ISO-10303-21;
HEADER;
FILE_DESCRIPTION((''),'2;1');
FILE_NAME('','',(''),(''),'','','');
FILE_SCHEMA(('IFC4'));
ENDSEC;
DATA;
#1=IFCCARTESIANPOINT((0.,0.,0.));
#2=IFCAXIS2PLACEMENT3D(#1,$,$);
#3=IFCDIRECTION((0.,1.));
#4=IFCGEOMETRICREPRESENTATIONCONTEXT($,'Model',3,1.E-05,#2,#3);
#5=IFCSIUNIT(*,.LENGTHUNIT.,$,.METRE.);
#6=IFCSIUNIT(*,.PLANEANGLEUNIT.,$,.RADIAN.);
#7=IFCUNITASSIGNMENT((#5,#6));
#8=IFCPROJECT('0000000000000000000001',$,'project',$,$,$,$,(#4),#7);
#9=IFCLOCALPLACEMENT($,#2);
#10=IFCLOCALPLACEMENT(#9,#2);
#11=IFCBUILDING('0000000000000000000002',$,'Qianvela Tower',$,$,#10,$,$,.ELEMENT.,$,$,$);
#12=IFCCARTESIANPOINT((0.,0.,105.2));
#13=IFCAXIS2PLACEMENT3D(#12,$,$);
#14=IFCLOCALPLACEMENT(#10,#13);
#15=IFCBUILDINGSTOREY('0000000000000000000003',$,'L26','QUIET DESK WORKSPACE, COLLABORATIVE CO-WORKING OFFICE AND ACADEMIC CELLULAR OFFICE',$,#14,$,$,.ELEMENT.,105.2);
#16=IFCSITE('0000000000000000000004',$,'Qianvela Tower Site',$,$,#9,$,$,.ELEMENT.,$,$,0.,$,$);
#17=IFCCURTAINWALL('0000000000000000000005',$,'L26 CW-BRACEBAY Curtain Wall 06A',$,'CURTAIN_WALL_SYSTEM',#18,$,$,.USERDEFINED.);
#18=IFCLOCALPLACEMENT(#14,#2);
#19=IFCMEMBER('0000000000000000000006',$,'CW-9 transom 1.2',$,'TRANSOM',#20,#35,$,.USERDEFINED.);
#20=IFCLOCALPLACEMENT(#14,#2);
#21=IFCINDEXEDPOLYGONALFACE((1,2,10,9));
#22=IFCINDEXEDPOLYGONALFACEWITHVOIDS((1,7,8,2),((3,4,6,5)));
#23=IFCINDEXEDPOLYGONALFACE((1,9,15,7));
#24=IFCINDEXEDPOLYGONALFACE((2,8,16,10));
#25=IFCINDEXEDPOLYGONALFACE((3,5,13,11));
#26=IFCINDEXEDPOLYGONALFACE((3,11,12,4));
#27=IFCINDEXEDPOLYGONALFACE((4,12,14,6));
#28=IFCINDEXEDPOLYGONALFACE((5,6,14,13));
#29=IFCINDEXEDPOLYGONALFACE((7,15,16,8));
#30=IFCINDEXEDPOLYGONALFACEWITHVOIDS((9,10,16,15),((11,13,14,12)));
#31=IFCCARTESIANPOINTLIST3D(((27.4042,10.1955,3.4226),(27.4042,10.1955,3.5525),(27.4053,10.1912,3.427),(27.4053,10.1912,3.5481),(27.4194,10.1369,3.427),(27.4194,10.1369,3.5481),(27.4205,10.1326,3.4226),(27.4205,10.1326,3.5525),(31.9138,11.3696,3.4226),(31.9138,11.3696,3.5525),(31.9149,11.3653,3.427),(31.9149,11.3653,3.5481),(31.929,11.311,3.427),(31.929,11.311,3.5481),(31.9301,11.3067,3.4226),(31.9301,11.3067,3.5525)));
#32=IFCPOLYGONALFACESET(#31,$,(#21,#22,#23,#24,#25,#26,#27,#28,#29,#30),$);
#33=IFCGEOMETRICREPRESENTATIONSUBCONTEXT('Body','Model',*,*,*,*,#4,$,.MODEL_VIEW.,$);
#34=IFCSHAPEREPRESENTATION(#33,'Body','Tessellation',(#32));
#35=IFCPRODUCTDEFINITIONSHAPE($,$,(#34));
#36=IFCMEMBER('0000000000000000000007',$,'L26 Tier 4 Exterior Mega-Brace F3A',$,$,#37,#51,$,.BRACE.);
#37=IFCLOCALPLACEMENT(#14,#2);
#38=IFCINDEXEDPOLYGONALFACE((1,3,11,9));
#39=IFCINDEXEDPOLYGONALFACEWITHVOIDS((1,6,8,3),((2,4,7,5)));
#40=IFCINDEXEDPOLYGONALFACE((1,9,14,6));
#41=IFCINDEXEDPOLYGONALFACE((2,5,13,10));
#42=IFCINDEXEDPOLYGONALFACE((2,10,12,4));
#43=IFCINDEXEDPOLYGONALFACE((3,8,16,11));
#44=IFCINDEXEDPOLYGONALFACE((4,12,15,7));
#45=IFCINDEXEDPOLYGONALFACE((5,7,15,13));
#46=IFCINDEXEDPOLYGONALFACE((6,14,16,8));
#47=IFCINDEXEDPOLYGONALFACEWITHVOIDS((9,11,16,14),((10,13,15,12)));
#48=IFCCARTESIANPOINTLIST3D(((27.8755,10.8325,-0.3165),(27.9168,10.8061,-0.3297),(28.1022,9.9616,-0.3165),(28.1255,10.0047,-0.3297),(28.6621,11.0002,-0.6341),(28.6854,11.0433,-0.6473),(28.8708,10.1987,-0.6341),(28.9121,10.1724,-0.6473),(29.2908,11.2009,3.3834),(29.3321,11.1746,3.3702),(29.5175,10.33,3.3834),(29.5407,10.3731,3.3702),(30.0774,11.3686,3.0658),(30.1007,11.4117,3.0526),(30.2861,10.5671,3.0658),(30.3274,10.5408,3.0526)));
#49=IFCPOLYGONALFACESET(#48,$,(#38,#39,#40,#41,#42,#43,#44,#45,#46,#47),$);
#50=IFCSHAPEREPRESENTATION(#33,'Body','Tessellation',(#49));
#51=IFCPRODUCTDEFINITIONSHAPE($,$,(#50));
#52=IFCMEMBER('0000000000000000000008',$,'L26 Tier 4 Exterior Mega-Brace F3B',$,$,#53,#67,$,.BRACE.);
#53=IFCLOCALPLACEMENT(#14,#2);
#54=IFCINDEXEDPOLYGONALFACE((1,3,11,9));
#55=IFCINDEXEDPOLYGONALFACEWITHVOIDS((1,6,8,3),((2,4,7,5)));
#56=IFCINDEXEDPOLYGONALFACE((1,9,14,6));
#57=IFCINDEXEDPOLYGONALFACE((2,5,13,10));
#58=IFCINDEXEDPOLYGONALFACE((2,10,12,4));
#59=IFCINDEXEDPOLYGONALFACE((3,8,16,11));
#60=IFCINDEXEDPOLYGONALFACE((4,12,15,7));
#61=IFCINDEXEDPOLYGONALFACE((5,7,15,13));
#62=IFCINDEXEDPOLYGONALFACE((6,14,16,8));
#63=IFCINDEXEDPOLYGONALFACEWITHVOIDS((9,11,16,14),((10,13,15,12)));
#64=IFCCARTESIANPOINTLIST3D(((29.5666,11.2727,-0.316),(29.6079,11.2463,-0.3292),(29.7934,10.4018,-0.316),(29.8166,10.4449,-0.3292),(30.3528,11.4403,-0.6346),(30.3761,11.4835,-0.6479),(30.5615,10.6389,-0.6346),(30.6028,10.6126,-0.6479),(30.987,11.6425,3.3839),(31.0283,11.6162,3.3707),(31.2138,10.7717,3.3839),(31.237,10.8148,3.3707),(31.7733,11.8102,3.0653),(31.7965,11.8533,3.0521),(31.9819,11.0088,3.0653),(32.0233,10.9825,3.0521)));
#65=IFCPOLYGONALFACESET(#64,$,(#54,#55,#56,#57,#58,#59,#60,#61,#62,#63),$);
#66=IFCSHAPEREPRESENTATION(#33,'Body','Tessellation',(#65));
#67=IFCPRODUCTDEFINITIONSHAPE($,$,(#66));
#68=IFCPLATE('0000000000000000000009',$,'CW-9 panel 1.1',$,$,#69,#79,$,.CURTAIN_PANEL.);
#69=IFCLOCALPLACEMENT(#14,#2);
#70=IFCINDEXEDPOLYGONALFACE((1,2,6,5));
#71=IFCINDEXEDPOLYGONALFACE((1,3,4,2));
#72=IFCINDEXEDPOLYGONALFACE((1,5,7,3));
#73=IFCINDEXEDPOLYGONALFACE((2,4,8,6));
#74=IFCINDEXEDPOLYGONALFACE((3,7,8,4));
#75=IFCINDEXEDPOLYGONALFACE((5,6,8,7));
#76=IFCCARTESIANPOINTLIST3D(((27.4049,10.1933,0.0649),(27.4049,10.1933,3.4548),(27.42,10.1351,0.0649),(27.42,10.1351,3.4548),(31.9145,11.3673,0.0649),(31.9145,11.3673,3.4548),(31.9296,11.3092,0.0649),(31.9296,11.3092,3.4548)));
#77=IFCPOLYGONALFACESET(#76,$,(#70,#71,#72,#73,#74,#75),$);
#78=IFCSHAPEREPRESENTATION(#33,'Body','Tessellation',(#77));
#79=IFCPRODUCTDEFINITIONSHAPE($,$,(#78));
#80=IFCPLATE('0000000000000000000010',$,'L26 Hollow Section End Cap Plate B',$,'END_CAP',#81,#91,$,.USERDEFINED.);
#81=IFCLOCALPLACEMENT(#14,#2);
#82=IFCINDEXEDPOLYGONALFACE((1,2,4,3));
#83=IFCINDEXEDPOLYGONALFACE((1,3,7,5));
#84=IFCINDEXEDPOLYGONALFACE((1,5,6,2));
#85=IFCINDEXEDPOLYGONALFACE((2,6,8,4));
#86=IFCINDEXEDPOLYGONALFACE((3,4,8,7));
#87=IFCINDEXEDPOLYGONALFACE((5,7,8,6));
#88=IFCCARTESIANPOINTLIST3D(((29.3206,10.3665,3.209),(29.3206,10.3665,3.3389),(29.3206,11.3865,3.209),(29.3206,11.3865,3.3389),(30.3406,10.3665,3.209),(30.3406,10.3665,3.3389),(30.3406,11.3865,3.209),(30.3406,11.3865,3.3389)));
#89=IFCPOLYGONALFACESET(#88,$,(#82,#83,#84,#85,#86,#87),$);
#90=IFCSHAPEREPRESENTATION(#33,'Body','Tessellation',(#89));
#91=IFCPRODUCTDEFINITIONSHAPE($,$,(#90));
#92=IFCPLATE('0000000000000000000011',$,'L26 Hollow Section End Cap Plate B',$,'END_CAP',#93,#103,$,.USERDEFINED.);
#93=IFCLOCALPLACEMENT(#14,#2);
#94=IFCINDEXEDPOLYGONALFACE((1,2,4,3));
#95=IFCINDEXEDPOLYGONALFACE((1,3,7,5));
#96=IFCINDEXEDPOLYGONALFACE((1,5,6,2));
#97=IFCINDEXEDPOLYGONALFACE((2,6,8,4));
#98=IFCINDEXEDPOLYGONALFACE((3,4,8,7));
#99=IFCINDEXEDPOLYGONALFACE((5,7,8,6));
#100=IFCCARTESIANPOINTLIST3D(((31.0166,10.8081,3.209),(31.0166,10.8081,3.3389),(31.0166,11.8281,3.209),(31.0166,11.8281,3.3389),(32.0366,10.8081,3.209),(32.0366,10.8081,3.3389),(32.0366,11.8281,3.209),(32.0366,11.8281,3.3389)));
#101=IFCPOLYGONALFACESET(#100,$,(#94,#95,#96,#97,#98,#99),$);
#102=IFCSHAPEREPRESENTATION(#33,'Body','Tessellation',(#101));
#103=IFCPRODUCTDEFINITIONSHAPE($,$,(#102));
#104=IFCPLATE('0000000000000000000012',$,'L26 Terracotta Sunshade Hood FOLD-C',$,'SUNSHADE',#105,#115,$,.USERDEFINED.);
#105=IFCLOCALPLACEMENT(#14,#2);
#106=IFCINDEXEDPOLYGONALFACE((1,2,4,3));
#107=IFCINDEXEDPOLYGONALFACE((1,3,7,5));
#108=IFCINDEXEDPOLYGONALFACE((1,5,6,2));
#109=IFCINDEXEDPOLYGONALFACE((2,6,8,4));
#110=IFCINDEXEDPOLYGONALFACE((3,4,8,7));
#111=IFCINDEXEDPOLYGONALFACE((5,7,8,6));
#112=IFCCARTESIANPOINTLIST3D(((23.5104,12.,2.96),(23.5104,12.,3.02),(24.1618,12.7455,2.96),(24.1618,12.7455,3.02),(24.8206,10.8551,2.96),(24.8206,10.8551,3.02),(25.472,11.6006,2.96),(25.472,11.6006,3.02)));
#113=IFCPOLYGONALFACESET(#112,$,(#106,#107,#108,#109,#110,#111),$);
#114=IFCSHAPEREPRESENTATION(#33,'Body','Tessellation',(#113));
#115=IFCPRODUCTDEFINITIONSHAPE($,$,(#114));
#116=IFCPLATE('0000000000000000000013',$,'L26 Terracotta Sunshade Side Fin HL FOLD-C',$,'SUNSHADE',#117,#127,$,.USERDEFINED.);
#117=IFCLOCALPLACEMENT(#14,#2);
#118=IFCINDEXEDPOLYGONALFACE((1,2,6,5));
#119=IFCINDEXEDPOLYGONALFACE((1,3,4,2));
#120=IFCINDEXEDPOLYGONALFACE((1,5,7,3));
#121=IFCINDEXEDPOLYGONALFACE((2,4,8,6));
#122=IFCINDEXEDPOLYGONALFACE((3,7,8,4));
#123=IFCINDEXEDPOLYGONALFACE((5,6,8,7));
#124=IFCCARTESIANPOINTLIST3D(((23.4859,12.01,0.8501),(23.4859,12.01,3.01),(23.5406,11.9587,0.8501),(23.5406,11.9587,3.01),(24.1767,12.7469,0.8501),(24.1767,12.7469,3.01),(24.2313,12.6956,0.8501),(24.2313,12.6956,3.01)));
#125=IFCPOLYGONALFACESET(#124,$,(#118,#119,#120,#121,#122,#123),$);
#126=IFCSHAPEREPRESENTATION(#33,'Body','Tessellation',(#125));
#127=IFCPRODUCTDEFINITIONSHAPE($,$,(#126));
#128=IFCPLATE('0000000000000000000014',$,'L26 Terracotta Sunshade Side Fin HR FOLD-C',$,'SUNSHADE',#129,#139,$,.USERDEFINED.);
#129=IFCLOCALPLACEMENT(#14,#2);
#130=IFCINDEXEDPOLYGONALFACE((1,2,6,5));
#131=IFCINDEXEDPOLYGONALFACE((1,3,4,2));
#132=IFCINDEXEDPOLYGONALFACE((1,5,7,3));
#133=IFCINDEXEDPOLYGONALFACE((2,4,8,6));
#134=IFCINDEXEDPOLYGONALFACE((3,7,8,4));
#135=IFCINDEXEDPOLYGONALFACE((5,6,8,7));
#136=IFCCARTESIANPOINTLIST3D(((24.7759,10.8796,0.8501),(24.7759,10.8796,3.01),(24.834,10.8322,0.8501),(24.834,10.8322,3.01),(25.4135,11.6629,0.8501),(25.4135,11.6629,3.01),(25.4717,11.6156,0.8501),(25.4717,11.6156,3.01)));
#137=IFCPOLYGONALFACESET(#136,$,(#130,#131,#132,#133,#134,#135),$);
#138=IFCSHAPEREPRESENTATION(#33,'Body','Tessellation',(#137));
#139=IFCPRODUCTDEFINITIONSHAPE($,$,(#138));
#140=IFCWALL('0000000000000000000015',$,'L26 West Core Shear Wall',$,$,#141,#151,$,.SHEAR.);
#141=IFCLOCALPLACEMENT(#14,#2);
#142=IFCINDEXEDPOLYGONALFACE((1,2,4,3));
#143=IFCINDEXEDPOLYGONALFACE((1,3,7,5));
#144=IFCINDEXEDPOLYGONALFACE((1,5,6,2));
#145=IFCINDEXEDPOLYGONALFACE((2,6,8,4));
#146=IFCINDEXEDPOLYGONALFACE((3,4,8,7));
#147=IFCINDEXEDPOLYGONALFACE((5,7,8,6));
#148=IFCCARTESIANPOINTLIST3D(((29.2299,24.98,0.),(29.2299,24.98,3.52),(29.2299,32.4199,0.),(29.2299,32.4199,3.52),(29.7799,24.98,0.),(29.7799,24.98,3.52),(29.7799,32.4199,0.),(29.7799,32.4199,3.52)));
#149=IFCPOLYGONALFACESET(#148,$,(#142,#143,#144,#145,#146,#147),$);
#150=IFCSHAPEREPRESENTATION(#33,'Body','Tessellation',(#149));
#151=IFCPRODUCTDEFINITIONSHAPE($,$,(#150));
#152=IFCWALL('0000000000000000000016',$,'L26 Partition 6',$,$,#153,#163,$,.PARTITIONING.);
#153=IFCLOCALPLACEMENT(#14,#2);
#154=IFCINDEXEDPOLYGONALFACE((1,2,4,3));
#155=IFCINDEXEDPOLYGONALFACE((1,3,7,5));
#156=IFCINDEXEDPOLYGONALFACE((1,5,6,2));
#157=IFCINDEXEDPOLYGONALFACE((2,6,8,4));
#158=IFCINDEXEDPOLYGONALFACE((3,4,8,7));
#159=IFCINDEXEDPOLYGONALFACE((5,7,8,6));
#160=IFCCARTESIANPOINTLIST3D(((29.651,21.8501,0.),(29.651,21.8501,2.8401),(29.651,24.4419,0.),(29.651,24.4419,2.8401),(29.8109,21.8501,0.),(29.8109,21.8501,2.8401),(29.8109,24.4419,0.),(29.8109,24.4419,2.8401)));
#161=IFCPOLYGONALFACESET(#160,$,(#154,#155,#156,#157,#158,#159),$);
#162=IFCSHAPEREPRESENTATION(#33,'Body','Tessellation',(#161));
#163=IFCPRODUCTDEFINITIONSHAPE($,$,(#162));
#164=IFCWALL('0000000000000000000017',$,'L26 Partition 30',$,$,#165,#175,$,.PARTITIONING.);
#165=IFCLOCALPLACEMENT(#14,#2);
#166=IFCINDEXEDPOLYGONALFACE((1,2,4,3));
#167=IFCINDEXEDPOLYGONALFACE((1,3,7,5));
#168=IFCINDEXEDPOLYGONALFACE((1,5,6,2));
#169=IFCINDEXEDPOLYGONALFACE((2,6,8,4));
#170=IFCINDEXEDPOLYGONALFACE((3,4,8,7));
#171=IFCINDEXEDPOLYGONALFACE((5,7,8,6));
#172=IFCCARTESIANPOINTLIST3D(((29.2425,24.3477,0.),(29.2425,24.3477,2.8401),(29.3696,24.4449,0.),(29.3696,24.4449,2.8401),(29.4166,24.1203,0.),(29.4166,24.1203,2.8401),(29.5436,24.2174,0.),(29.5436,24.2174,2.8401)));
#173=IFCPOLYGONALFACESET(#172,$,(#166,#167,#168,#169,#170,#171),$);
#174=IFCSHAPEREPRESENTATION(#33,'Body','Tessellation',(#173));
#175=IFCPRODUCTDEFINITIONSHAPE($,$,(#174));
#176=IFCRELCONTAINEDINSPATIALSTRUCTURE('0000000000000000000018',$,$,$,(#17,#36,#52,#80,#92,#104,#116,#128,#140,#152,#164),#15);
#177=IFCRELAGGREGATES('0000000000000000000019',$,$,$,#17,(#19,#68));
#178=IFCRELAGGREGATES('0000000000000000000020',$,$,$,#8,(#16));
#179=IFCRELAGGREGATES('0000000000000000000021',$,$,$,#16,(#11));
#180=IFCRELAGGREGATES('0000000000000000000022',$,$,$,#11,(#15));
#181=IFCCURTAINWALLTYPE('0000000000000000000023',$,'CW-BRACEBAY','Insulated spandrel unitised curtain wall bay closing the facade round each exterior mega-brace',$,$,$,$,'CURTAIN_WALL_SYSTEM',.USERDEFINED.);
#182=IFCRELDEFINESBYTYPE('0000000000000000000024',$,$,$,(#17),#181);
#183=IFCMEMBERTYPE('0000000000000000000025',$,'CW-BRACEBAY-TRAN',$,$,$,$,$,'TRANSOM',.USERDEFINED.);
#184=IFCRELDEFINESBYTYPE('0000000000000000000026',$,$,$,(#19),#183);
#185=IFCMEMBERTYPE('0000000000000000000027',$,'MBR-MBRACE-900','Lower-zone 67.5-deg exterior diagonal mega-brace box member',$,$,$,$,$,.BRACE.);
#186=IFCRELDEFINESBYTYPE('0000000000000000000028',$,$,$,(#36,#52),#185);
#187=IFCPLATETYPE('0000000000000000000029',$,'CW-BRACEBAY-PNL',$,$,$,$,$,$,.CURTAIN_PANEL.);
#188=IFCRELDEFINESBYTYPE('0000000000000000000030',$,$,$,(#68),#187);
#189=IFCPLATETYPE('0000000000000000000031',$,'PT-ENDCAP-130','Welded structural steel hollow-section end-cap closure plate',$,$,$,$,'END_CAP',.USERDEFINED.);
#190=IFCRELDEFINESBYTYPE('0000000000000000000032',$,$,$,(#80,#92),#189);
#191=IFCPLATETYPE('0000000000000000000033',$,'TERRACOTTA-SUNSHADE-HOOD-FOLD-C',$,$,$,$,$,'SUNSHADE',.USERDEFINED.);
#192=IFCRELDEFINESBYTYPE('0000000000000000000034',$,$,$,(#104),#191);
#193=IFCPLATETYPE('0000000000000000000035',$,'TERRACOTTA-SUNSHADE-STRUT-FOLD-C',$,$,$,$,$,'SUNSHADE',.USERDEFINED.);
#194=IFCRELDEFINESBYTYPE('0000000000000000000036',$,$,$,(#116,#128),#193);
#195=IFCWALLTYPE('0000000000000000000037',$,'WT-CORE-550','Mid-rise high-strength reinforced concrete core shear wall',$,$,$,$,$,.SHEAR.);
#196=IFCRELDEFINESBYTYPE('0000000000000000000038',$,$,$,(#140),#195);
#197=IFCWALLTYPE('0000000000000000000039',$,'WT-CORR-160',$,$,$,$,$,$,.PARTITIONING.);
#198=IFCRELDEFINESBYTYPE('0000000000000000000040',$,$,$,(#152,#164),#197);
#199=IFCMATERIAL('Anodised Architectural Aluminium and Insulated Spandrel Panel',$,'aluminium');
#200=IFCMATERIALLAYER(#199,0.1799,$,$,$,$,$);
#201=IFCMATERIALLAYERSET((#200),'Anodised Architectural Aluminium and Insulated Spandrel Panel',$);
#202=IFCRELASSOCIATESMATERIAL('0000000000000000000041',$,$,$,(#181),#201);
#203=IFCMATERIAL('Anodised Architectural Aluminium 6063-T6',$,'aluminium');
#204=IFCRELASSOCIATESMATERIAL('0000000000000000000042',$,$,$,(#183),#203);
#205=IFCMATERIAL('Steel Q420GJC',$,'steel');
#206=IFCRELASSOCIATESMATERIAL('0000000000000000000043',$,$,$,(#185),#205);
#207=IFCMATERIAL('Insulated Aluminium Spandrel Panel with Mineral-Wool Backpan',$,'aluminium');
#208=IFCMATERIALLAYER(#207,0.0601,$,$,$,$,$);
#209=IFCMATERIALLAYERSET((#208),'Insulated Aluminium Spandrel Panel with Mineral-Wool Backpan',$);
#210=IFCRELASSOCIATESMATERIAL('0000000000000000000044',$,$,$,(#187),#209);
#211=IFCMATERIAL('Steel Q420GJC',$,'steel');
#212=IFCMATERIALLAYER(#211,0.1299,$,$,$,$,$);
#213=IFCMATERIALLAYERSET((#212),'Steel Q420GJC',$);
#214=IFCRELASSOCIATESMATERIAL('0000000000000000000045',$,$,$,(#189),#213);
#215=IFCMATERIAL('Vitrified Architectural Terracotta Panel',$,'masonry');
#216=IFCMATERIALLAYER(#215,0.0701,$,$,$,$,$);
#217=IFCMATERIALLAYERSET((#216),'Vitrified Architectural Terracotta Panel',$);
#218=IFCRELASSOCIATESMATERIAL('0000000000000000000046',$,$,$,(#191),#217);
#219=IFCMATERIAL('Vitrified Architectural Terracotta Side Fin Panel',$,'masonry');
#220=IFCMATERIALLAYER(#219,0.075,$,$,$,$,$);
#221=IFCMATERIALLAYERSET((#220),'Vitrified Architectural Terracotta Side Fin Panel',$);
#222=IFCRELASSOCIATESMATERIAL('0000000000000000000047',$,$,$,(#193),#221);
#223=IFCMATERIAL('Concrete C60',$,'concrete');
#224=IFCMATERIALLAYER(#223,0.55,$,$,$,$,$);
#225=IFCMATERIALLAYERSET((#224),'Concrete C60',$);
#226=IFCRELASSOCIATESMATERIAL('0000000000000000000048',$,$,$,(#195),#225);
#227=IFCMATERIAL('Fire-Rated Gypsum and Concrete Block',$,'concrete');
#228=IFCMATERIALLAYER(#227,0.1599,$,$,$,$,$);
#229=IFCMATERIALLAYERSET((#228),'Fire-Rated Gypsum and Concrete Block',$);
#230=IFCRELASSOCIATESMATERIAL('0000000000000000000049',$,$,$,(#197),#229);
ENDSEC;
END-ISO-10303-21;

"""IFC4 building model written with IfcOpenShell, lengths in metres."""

from ifc_helpers import new_model, si_unit, direction, frame, frame_2d, origin, origin_2d, place, context, subcontext, project, spatial, rectangle, hollow_rectangle, extrude, material, layer, layer_set, material_profile, profile_set, type_object, element, aggregate, save


model = new_model("IFC4")

# Units and contexts
model_context = context("Model", 3, precision=1e-05, world=origin(), true_north=direction((0.0, 1.0)))
body_context = subcontext(model_context, "Body", "Model", "MODEL_VIEW")
ifc_project = project(units=[si_unit("LENGTHUNIT", "METRE"), si_unit("PLANEANGLEUNIT", "RADIAN")], contexts=[model_context])

# Site, building, storey
site_placement = place(None, origin())
site = spatial("IfcSite", under=ifc_project, at=site_placement, Name="Qianvela Tower Site", CompositionType="ELEMENT", RefElevation=0.0)
building_placement = place(site_placement, origin())
building = spatial("IfcBuilding", under=site, at=building_placement, Name="Qianvela Tower", CompositionType="ELEMENT")
storey_placement = place(building_placement, frame((0.0, 0.0, 105.2)))
storey = spatial("IfcBuildingStorey", under=building, at=storey_placement, Name="L26", Description="QUIET DESK WORKSPACE, COLLABORATIVE CO-WORKING OFFICE AND ACADEMIC CELLULAR OFFICE", CompositionType="ELEMENT", Elevation=105.2)

# Curtain wall, member
ifc_material_1 = material(Name="Anodised Architectural Aluminium and Insulated Spandrel Panel", Category="aluminium")
ifc_layer_1 = layer(ifc_material_1, 0.1799)
ifc_layer_set_1 = layer_set([ifc_layer_1], Name="Anodised Architectural Aluminium and Insulated Spandrel Panel")
curtain_wall_type = type_object("IfcCurtainWallType", Name="CW-BRACEBAY", Description="Insulated spandrel unitised curtain wall bay closing the facade round each exterior mega-brace", ElementType="CURTAIN_WALL_SYSTEM", PredefinedType="USERDEFINED", material=ifc_layer_set_1)
curtain_wall_placement = place(storey_placement, origin())
curtain_wall = element("IfcCurtainWall", 1, at=curtain_wall_placement, inside=storey, type_object=curtain_wall_type, Name="L26 CW-BRACEBAY Curtain Wall 06A", ObjectType="CURTAIN_WALL_SYSTEM", PredefinedType="USERDEFINED")
ifc_material_2 = material(Name="Anodised Architectural Aluminium 6063-T6", Category="aluminium")
ifc_material_profile_1 = material_profile(ifc_material_2, hollow_rectangle(XDim=0.0649, YDim=0.1299, WallThickness=0.0044, at=origin_2d()), Name="ALU-TRAN-65x130")
ifc_profile_set_1 = profile_set([ifc_material_profile_1], Name="Anodised Architectural Aluminium 6063-T6")
member_type_1 = type_object("IfcMemberType", Name="CW-BRACEBAY-TRAN", ElementType="TRANSOM", PredefinedType="USERDEFINED", material=ifc_profile_set_1)
member_1_placement = place(storey_placement, frame((27.4124, 10.1641, 3.4875), z_axis=(0.967739, 0.251955, 0.0), x_axis=(-0.251955, 0.967739, 0.0)))
member_1 = element("IfcMember", 2, at=member_1_placement, type_object=member_type_1, Name="CW-9 transom 1.2", ObjectType="TRANSOM", PredefinedType="USERDEFINED", context=body_context, shape_type="SweptSolid", body=[
    extrude(hollow_rectangle(XDim=0.0649, YDim=0.1299, WallThickness=0.0044, at=origin_2d()), origin(), (0.0, 0.0, 1.0), 4.6599),
])

# Members
ifc_material_3 = material(Name="Steel Q420GJC", Category="steel")
ifc_material_profile_2 = material_profile(ifc_material_3, hollow_rectangle(XDim=0.8999, YDim=0.8999, WallThickness=0.0359, at=origin_2d()), Name="MBOX-900x900x36")
ifc_profile_set_2 = profile_set([ifc_material_profile_2], Name="Steel Q420GJC")
member_type_2 = type_object("IfcMemberType", Name="MBR-MBRACE-900", Description="Lower-zone 67.5-deg exterior diagonal mega-brace box member", PredefinedType="BRACE", material=ifc_profile_set_2)
member_2_placement = place(storey_placement, frame((28.3938, 10.5024, -0.4819), z_axis=(0.355734, 0.0926, 0.929989), x_axis=(-0.251912, 0.96775, 0.0)))
element("IfcMember", 3, at=member_2_placement, inside=storey, type_object=member_type_2, Name="L26 Tier 4 Exterior Mega-Brace F3A", PredefinedType="BRACE", context=body_context, shape_type="SweptSolid", body=[
    extrude(hollow_rectangle(XDim=0.8999, YDim=0.8999, WallThickness=0.0359, at=origin_2d()), origin(), (0.0, 0.0, 1.0), 3.9785),
])
member_3_placement = place(storey_placement, frame((30.0847, 10.9426, -0.4819), z_axis=(0.356846, 0.092922, 0.92953), x_axis=(-0.251995, 0.967728, 0.0)))
element("IfcMember", 4, at=member_3_placement, inside=storey, type_object=member_type_2, Name="L26 Tier 4 Exterior Mega-Brace F3B", PredefinedType="BRACE", context=body_context, shape_type="SweptSolid", body=[
    extrude(hollow_rectangle(XDim=0.8999, YDim=0.8999, WallThickness=0.0359, at=origin_2d()), origin(), (0.0, 0.0, 1.0), 3.9805),
])

# Plate
ifc_material_4 = material(Name="Insulated Aluminium Spandrel Panel with Mineral-Wool Backpan", Category="aluminium")
ifc_layer_2 = layer(ifc_material_4, 0.0601)
ifc_layer_set_2 = layer_set([ifc_layer_2], Name="Insulated Aluminium Spandrel Panel with Mineral-Wool Backpan")
plate_type_1 = type_object("IfcPlateType", Name="CW-BRACEBAY-PNL", PredefinedType="CURTAIN_PANEL", material=ifc_layer_set_2)
plate_1_placement = place(storey_placement, frame((29.6672, 10.7512, 0.0649), z_axis=(0.0, 0.0, 1.0), x_axis=(0.967743, 0.251941, 0.0)))
plate_1 = element("IfcPlate", 5, at=plate_1_placement, type_object=plate_type_1, Name="CW-9 panel 1.1", PredefinedType="CURTAIN_PANEL", context=body_context, shape_type="SweptSolid", body=[
    extrude(rectangle(XDim=4.6599, YDim=0.0601, at=origin_2d()), origin(), (0.0, 0.0, 1.0), 3.3899),
])
aggregate(curtain_wall, [member_1, plate_1])

# Plates
ifc_material_5 = material(Name="Steel Q420GJC", Category="steel")
ifc_layer_3 = layer(ifc_material_5, 0.1299)
ifc_layer_set_3 = layer_set([ifc_layer_3], Name="Steel Q420GJC")
plate_type_2 = type_object("IfcPlateType", Name="PT-ENDCAP-130", Description="Welded structural steel hollow-section end-cap closure plate", ElementType="END_CAP", PredefinedType="USERDEFINED", material=ifc_layer_set_3)
for number, where, z_axis, x_axis, name in (
    (6, (29.8306, 10.8765, 3.209), (0.0, 0.0, 1.0), (1.0, 0.0, 0.0), "L26 Hollow Section End Cap Plate B"),
    (7, (31.5266, 11.3181, 3.209), (0.0, 0.0, 1.0), (1.0, 0.0, 0.0), "L26 Hollow Section End Cap Plate B"),
):
    element("IfcPlate", number, at=place(storey_placement, frame(where, z_axis=z_axis, x_axis=x_axis)), inside=storey, type_object=plate_type_2, Name=name, ObjectType="END_CAP", PredefinedType="USERDEFINED", context=body_context, shape_type="SweptSolid", body=[
        extrude(rectangle(XDim=1.02, YDim=1.02, at=origin_2d()), origin(), (0.0, 0.0, 1.0), 0.1299),
    ])
ifc_material_6 = material(Name="Vitrified Architectural Terracotta Panel", Category="masonry")
ifc_layer_4 = layer(ifc_material_6, 0.0701)
ifc_layer_set_4 = layer_set([ifc_layer_4], Name="Vitrified Architectural Terracotta Panel")
plate_type_3 = type_object("IfcPlateType", Name="TERRACOTTA-SUNSHADE-HOOD-FOLD-C", ElementType="SUNSHADE", PredefinedType="USERDEFINED", material=ifc_layer_set_4)
plate_2_placement = place(storey_placement, frame((24.4912, 11.8003, 2.96), z_axis=(0.0, 0.0, 1.0), x_axis=(0.753033, -0.657983, 0.0)))
element("IfcPlate", 8, at=plate_2_placement, inside=storey, type_object=plate_type_3, Name="L26 Terracotta Sunshade Hood FOLD-C", ObjectType="SUNSHADE", PredefinedType="USERDEFINED", context=body_context, shape_type="SweptSolid", body=[
    extrude(rectangle(XDim=1.74, YDim=0.99, at=origin_2d()), origin(), (0.0, 0.0, 1.0), 0.0601),
])
ifc_material_7 = material(Name="Vitrified Architectural Terracotta Side Fin Panel", Category="masonry")
ifc_layer_5 = layer(ifc_material_7, 0.075)
ifc_layer_set_5 = layer_set([ifc_layer_5], Name="Vitrified Architectural Terracotta Side Fin Panel")
plate_type_4 = type_object("IfcPlateType", Name="TERRACOTTA-SUNSHADE-STRUT-FOLD-C", ElementType="SUNSHADE", PredefinedType="USERDEFINED", material=ifc_layer_set_5)
for number, where, z_axis, x_axis, name in (
    (9, (23.8586, 12.3528, 0.8501), (0.0, 0.0, 1.0), (0.729611, -0.683862, 0.0), "L26 Terracotta Sunshade Side Fin HL FOLD-C"),
    (10, (25.1238, 11.2476, 0.8501), (0.0, 0.0, 1.0), (0.775538, -0.631301, 0.0), "L26 Terracotta Sunshade Side Fin HR FOLD-C"),
):
    element("IfcPlate", number, at=place(storey_placement, frame(where, z_axis=z_axis, x_axis=x_axis)), inside=storey, type_object=plate_type_4, Name=name, ObjectType="SUNSHADE", PredefinedType="USERDEFINED", context=body_context, shape_type="SweptSolid", body=[
        extrude(rectangle(XDim=0.075, YDim=1.01, at=origin_2d()), origin(), (0.0, 0.0, 1.0), 2.1599),
    ])

# Shared definitions
ifc_material_8 = material(Name="Concrete C60", Category="concrete")
ifc_layer_6 = layer(ifc_material_8, 0.55)
ifc_layer_set_6 = layer_set([ifc_layer_6], Name="Concrete C60")
wall_type_1 = type_object("IfcWallType", Name="WT-CORE-550", Description="Mid-rise high-strength reinforced concrete core shear wall", PredefinedType="SHEAR", material=ifc_layer_set_6)

# Walls
wall_1_placement = place(storey_placement, frame((29.5049, 24.98, 0.0), z_axis=(0.0, 0.0, 1.0), x_axis=(0.0, 1.0, 0.0)))
element("IfcWall", 11, at=wall_1_placement, inside=storey, type_object=wall_type_1, Name="L26 West Core Shear Wall", PredefinedType="SHEAR", context=body_context, shape_type="SweptSolid", body=[
    extrude(rectangle(XDim=7.4399, YDim=0.55, at=frame_2d((3.72, 0.0))), origin(), (0.0, 0.0, 1.0), 3.52),
])
ifc_material_9 = material(Name="Fire-Rated Gypsum and Concrete Block", Category="concrete")
ifc_layer_7 = layer(ifc_material_9, 0.1599)
ifc_layer_set_7 = layer_set([ifc_layer_7], Name="Fire-Rated Gypsum and Concrete Block")
wall_type_2 = type_object("IfcWallType", Name="WT-CORR-160", PredefinedType="PARTITIONING", material=ifc_layer_set_7)
wall_2_placement = place(storey_placement, frame((29.731, 21.8501, 0.0), z_axis=(0.0, 0.0, 1.0), x_axis=(0.0, 1.0, 0.0)))
element("IfcWall", 12, at=wall_2_placement, inside=storey, type_object=wall_type_2, Name="L26 Partition 6", PredefinedType="PARTITIONING", context=body_context, shape_type="SweptSolid", body=[
    extrude(rectangle(XDim=2.5918, YDim=0.1599, at=frame_2d((1.2959, 0.0))), origin(), (0.0, 0.0, 1.0), 2.8401),
])
wall_3_placement = place(storey_placement, frame((29.48, 24.1689, 0.0), z_axis=(0.0, 0.0, 1.0), x_axis=(-0.607608, 0.794237, 0.0)))
element("IfcWall", 13, at=wall_3_placement, inside=storey, type_object=wall_type_2, Name="L26 Partition 30", PredefinedType="PARTITIONING", context=body_context, shape_type="SweptSolid", body=[
    extrude(rectangle(XDim=0.2864, YDim=0.1599, at=frame_2d((0.1431, 0.0))), origin(), (0.0, 0.0, 1.0), 2.8401),
])

save(model, "model.ifc")
